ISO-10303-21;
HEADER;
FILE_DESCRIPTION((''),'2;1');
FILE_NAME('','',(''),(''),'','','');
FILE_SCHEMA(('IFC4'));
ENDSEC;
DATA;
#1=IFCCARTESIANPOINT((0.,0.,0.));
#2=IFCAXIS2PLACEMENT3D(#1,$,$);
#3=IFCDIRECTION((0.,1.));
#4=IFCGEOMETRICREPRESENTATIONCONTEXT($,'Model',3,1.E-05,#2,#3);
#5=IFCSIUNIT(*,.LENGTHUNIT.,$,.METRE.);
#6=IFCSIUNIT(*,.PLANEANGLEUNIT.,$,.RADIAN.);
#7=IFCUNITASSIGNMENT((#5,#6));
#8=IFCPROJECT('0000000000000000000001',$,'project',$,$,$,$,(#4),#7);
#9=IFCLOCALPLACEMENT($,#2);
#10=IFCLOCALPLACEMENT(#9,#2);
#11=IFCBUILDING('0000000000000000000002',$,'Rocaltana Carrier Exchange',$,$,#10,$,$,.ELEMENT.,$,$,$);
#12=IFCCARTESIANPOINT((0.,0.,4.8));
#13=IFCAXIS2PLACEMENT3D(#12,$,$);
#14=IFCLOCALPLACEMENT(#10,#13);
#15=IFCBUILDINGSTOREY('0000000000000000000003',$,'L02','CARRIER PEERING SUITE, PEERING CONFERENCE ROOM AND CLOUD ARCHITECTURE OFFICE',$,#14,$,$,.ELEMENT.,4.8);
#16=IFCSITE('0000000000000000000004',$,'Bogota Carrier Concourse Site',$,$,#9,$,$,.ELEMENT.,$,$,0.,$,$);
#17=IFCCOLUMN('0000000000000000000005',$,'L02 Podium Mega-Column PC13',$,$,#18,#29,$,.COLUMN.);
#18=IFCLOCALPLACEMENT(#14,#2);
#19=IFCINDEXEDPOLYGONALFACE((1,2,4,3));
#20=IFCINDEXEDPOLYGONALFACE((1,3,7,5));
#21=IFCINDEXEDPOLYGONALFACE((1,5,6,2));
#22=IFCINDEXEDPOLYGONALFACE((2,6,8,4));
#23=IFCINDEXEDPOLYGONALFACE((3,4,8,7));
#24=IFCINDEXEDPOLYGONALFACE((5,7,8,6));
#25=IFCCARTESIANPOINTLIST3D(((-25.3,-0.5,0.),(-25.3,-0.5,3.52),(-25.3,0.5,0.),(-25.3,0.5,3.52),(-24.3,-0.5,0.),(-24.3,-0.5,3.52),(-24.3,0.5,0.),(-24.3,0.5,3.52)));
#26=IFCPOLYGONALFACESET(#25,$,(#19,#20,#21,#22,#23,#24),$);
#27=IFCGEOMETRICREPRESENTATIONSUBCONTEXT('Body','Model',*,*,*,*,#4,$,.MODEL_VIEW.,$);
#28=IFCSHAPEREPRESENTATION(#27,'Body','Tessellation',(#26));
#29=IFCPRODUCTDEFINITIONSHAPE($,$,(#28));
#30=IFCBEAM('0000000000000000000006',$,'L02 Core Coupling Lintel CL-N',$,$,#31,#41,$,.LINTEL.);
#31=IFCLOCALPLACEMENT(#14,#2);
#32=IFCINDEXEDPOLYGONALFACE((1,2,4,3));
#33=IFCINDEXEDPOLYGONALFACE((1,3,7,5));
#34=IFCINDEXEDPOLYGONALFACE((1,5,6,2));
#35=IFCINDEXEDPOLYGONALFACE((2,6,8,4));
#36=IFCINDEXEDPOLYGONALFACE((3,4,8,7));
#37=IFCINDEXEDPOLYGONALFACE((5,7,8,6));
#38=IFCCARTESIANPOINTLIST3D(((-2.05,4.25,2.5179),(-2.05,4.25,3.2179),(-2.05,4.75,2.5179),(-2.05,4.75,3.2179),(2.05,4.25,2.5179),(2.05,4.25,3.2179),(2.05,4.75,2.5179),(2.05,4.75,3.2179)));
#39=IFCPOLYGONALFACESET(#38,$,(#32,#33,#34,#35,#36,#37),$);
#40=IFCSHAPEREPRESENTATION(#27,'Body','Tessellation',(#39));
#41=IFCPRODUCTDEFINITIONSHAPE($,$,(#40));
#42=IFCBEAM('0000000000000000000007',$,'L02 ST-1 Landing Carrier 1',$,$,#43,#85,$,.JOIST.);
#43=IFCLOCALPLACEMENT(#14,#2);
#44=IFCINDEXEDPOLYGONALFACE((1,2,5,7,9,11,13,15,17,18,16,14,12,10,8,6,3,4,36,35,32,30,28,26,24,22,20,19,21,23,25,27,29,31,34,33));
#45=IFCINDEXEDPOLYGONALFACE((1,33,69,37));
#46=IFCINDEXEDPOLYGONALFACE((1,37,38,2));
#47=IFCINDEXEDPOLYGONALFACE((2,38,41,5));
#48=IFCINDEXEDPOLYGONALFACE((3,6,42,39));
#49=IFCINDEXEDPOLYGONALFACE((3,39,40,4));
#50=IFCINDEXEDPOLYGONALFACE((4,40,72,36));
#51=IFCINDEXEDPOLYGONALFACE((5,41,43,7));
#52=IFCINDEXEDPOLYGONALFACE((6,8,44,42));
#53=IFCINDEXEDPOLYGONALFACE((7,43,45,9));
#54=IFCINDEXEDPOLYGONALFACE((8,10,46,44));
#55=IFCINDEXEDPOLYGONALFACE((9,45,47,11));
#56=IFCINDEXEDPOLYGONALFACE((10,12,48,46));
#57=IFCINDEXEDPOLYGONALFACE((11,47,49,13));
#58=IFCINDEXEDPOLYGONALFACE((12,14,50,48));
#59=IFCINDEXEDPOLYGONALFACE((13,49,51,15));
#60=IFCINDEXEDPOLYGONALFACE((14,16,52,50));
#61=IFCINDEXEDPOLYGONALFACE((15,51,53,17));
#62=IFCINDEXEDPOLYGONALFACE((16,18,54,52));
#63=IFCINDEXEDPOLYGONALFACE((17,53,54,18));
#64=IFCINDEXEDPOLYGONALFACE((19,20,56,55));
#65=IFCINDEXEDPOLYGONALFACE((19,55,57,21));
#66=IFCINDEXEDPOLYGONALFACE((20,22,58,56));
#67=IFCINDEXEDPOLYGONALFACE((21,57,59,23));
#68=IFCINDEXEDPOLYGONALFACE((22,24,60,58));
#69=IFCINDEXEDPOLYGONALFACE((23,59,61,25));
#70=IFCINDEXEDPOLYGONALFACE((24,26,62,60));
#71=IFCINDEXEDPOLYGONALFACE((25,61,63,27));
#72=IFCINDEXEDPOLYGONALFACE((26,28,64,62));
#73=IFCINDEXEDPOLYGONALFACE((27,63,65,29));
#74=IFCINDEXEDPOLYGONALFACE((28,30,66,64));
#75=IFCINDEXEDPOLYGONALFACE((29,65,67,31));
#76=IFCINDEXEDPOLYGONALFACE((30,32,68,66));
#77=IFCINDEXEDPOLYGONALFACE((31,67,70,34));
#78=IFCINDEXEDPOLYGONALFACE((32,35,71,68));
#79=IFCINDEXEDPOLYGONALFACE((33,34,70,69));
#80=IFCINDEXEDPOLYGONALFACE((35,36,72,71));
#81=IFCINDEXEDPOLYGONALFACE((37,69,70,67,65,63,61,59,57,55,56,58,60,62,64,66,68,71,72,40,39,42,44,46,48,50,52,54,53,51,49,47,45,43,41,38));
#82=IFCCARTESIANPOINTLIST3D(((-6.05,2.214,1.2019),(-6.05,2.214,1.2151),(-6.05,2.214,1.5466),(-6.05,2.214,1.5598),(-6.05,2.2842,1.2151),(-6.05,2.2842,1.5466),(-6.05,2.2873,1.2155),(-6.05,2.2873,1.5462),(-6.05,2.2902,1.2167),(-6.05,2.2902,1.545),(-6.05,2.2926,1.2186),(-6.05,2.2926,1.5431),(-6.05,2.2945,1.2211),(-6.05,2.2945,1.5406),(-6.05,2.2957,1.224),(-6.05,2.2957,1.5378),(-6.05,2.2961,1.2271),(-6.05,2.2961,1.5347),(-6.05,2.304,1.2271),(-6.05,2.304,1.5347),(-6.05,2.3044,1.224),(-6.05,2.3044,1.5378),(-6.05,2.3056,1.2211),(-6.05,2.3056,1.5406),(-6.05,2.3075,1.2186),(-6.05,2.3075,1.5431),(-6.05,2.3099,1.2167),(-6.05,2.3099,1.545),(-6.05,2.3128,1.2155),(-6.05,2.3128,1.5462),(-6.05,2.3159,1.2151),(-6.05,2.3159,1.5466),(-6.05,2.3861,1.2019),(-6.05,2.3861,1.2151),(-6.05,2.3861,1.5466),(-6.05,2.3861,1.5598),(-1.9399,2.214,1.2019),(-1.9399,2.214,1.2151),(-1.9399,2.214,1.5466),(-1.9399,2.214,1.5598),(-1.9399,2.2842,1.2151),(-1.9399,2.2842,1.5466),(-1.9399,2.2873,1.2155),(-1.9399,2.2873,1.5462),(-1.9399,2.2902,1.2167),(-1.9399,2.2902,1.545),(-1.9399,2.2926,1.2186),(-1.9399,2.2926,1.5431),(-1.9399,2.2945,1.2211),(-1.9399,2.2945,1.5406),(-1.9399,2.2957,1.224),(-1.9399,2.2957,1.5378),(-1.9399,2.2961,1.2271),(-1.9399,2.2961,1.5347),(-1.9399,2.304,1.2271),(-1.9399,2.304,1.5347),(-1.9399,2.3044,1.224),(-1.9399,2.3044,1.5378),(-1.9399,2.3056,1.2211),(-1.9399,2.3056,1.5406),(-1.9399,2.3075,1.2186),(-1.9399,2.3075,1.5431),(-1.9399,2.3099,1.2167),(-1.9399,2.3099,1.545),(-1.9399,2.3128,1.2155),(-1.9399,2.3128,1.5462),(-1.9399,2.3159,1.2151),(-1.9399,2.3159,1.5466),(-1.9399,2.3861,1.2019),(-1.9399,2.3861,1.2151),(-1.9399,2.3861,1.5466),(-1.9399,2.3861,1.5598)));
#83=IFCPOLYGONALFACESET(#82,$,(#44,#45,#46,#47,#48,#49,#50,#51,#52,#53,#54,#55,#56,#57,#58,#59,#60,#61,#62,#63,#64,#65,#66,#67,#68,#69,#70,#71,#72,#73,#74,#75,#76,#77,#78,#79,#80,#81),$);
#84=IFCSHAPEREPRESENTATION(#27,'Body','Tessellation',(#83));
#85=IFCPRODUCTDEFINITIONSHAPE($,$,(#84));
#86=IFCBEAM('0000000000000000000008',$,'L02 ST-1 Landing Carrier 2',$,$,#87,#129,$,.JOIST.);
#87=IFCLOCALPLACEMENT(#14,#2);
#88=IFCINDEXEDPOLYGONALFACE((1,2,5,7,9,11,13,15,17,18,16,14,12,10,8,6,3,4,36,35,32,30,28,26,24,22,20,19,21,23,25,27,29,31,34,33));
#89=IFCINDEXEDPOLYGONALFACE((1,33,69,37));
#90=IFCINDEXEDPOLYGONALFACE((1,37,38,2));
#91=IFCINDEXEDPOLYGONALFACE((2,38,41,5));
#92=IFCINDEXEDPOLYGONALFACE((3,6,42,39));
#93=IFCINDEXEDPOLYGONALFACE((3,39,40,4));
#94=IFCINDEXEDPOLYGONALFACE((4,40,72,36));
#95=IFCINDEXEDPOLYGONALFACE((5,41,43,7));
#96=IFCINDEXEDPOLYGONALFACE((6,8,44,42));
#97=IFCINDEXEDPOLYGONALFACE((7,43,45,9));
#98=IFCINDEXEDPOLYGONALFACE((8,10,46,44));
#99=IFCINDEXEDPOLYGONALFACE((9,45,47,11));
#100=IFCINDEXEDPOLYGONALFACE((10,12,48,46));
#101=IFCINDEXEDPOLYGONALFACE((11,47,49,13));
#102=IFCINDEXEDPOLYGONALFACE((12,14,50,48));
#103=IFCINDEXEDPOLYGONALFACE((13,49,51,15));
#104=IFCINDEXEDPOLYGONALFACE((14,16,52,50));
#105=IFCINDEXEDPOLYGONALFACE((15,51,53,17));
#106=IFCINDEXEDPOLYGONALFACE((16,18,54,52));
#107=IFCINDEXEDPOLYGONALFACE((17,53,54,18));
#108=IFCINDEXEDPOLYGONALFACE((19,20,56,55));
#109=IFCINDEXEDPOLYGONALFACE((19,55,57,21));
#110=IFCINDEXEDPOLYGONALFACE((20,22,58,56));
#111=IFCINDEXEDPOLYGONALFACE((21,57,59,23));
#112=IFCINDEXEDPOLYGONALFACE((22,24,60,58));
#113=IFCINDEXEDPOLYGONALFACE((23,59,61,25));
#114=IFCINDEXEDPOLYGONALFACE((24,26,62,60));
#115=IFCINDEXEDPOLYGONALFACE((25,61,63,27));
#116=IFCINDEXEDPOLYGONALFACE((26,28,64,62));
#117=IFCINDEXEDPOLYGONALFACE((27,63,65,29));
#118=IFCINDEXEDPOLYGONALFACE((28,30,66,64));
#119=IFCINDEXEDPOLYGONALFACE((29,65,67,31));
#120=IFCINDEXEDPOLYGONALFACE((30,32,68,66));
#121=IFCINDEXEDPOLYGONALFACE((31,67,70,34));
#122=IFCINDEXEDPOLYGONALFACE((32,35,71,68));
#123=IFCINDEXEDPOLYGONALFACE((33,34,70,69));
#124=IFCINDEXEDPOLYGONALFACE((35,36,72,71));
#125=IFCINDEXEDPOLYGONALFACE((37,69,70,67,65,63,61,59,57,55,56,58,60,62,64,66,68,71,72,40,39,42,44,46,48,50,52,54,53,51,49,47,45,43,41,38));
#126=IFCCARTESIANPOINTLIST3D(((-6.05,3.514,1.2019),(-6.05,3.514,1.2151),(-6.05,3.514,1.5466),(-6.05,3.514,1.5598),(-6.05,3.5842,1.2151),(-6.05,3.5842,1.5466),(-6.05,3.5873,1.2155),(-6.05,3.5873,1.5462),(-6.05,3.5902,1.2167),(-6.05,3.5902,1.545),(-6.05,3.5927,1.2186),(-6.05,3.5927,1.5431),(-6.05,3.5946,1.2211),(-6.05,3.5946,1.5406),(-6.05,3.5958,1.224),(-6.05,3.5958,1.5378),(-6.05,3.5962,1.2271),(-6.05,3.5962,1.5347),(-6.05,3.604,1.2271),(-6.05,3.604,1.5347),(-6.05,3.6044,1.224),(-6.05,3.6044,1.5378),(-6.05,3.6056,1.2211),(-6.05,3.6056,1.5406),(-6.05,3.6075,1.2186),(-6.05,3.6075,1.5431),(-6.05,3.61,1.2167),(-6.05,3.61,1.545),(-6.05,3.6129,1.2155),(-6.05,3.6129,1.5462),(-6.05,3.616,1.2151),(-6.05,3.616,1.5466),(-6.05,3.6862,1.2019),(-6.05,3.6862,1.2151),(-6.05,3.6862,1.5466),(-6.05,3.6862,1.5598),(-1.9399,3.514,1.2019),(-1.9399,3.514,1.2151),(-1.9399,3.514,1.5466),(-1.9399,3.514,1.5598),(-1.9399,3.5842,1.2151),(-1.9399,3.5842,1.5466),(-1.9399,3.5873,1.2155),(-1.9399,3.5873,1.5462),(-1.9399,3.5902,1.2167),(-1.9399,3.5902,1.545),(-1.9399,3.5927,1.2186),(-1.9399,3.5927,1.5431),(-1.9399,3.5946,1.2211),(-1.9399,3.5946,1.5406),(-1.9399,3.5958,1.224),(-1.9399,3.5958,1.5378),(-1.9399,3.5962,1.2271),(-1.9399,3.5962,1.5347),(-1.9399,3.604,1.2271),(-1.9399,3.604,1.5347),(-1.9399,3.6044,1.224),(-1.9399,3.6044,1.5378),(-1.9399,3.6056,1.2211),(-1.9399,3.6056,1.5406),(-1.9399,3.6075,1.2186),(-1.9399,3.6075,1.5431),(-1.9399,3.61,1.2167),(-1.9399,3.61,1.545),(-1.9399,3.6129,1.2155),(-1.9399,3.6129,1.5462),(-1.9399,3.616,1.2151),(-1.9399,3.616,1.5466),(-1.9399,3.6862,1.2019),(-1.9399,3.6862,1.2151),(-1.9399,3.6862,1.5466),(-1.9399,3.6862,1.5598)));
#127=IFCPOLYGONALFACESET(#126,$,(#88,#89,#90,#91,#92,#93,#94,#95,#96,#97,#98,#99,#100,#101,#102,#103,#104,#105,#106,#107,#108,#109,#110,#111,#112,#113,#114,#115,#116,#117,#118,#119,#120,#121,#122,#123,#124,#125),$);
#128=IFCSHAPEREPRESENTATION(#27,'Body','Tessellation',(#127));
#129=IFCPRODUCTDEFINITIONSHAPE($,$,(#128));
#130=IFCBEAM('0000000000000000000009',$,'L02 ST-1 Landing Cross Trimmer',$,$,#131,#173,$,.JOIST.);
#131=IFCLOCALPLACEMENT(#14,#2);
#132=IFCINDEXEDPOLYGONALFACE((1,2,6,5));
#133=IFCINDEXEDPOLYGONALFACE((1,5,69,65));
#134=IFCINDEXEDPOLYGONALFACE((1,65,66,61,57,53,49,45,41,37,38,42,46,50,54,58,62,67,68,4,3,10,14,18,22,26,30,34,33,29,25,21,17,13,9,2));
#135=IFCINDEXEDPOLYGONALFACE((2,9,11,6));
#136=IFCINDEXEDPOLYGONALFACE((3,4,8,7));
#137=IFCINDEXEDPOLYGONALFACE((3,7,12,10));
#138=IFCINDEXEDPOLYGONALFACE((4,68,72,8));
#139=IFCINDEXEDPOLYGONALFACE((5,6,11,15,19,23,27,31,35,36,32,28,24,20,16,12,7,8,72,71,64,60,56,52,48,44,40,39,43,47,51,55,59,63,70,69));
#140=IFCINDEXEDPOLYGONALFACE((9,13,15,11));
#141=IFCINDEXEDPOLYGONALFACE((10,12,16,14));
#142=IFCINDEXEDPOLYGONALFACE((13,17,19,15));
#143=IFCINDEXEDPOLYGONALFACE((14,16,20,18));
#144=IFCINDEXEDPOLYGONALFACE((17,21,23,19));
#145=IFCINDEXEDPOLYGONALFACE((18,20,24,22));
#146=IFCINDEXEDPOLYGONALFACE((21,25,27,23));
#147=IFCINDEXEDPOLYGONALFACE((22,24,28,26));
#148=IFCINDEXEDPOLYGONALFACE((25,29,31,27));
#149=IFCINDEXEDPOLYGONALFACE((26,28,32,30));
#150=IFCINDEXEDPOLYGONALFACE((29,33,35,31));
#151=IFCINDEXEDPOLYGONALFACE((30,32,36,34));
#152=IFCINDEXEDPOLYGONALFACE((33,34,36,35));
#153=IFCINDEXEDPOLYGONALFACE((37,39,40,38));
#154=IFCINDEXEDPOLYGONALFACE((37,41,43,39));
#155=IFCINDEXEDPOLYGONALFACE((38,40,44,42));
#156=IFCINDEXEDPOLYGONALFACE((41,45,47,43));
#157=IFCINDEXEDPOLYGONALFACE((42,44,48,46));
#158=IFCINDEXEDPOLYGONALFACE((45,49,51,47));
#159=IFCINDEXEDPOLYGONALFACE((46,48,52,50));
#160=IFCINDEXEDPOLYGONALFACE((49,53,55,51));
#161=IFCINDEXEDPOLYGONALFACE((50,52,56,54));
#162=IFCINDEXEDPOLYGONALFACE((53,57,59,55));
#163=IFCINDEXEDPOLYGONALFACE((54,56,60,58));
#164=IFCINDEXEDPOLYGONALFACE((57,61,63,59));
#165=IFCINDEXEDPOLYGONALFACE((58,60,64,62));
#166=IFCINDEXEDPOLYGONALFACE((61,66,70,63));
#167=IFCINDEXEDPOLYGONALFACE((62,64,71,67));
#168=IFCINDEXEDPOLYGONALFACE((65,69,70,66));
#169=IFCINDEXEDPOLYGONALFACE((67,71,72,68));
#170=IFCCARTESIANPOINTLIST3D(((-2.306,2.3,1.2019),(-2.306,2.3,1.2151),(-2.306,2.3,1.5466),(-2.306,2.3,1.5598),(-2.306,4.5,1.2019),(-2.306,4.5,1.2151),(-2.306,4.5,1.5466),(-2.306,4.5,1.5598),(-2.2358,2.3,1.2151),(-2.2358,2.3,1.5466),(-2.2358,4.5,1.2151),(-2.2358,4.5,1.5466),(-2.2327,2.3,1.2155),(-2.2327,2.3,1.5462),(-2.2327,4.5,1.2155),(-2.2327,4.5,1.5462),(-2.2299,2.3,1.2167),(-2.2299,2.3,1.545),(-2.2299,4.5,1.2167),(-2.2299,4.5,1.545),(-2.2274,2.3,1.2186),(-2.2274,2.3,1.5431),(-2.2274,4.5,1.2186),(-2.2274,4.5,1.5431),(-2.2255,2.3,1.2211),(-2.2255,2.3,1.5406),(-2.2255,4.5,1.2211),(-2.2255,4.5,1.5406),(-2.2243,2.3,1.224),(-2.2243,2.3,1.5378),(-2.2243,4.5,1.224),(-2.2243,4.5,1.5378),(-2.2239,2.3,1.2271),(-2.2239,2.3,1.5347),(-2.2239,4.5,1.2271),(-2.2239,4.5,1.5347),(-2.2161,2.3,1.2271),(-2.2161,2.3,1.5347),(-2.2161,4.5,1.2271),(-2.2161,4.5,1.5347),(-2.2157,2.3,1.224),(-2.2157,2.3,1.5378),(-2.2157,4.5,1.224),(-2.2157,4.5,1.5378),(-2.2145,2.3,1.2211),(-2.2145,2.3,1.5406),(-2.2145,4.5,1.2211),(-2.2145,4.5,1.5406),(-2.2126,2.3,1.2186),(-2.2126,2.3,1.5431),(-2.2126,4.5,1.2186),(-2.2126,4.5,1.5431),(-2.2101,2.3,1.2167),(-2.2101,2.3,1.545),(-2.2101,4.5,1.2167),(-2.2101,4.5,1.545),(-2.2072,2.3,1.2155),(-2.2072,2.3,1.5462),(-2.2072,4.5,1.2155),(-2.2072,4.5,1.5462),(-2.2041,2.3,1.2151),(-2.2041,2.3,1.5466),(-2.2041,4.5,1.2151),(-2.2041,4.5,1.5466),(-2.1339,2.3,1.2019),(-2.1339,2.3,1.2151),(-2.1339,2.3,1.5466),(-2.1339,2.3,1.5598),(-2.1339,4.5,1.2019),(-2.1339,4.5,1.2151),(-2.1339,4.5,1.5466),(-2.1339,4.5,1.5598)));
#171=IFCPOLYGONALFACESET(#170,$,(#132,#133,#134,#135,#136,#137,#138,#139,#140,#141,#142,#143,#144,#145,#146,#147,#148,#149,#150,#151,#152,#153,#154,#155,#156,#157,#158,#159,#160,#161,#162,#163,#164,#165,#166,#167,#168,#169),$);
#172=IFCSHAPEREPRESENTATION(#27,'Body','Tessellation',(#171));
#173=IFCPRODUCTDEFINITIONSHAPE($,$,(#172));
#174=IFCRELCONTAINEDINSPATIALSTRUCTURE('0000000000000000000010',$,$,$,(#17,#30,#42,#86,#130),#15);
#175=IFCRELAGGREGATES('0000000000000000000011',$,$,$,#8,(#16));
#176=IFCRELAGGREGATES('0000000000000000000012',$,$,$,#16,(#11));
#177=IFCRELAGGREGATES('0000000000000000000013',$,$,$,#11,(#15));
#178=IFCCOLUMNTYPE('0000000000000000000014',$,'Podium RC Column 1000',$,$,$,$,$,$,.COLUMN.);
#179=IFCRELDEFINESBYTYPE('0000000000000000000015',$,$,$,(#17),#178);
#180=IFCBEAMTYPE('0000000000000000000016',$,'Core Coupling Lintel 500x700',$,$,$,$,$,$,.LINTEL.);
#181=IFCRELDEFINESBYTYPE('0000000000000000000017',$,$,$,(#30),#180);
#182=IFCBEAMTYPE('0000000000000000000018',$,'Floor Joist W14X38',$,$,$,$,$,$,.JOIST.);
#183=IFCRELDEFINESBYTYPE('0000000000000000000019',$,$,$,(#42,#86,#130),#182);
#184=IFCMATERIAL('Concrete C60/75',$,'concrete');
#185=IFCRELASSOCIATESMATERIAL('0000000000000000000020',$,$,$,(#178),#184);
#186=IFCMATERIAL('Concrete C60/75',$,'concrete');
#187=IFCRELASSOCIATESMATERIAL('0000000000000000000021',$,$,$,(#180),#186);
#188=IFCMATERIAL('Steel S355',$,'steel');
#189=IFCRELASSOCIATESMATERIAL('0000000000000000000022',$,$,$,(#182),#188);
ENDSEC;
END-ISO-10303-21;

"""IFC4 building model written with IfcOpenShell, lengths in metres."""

from ifc_helpers import new_model, si_unit, direction, frame, origin, origin_2d, place, context, subcontext, project, spatial, rectangle, i_section, extrude, material, material_profile, profile_set, type_object, element, save


model = new_model("IFC4")

# Units and contexts
model_context = context("Model", 3, precision=1e-05, world=origin(), true_north=direction((0.0, 1.0)))
body_context = subcontext(model_context, "Body", "Model", "MODEL_VIEW")
ifc_project = project(units=[si_unit("LENGTHUNIT", "METRE"), si_unit("PLANEANGLEUNIT", "RADIAN")], contexts=[model_context])

# Site, building, storey
site_placement = place(None, origin())
site = spatial("IfcSite", under=ifc_project, at=site_placement, Name="Bogota Carrier Concourse Site", CompositionType="ELEMENT", RefElevation=0.0)
building_placement = place(site_placement, origin())
building = spatial("IfcBuilding", under=site, at=building_placement, Name="Rocaltana Carrier Exchange", CompositionType="ELEMENT")
storey_placement = place(building_placement, frame((0.0, 0.0, 4.8)))
storey = spatial("IfcBuildingStorey", under=building, at=storey_placement, Name="L02", Description="CARRIER PEERING SUITE, PEERING CONFERENCE ROOM AND CLOUD ARCHITECTURE OFFICE", CompositionType="ELEMENT", Elevation=4.8)

# Column
ifc_material_1 = material(Name="Concrete C60/75", Category="concrete")
ifc_material_profile_1 = material_profile(ifc_material_1, rectangle(XDim=1.0, YDim=1.0, at=origin_2d()), Name="RC-COL-1000X1000")
ifc_profile_set_1 = profile_set([ifc_material_profile_1], Name="Concrete C60/75")
column_type_1 = type_object("IfcColumnType", Name="Podium RC Column 1000", PredefinedType="COLUMN", material=ifc_profile_set_1)
column_placement = place(storey_placement, frame((-24.8, 0.0, 0.0), z_axis=(0.0, 0.0, 1.0), x_axis=(1.0, 0.0, 0.0)))
element("IfcColumn", 1, at=column_placement, inside=storey, type_object=column_type_1, Name="L02 Podium Mega-Column PC13", PredefinedType="COLUMN", context=body_context, shape_type="SweptSolid", body=[
    extrude(rectangle(XDim=1.0, YDim=1.0, at=origin_2d()), origin(), (0.0, 0.0, 1.0), 3.52),
])

# Beams
ifc_material_2 = material(Name="Concrete C60/75", Category="concrete")
ifc_material_profile_2 = material_profile(ifc_material_2, rectangle(XDim=0.5, YDim=0.7, at=origin_2d()), Name="RC-BM-500X700")
ifc_profile_set_2 = profile_set([ifc_material_profile_2], Name="Concrete C60/75")
beam_type_1 = type_object("IfcBeamType", Name="Core Coupling Lintel 500x700", PredefinedType="LINTEL", material=ifc_profile_set_2)
beam_1_placement = place(storey_placement, frame((-2.05, 4.5, 2.8679), z_axis=(1.0, 0.0, 0.0), x_axis=(0.0, 1.0, 0.0)))
element("IfcBeam", 2, at=beam_1_placement, inside=storey, type_object=beam_type_1, Name="L02 Core Coupling Lintel CL-N", PredefinedType="LINTEL", context=body_context, shape_type="SweptSolid", body=[
    extrude(rectangle(XDim=0.5, YDim=0.7, at=origin_2d()), origin(), (0.0, 0.0, 1.0), 4.1001),
])
ifc_material_3 = material(Name="Steel S355", Category="steel")
ifc_material_profile_3 = material_profile(ifc_material_3, i_section(OverallWidth=0.1721, OverallDepth=0.3579, WebThickness=0.0078, FlangeThickness=0.0132, FilletRadius=0.012, at=origin_2d()), Name="W14X38")
ifc_profile_set_3 = profile_set([ifc_material_profile_3], Name="Steel S355")
beam_type_2 = type_object("IfcBeamType", Name="Floor Joist W14X38", PredefinedType="JOIST", material=ifc_profile_set_3)
for number, where, z_axis, x_axis, name in (
    (3, (-6.05, 2.3, 1.3809), (1.0, 0.0, 0.0), (0.0, 1.0, 0.0), "L02 ST-1 Landing Carrier 1"),
    (4, (-6.05, 3.6001, 1.3809), (1.0, 0.0, 0.0), (0.0, 1.0, 0.0), "L02 ST-1 Landing Carrier 2"),
):
    element("IfcBeam", number, at=place(storey_placement, frame(where, z_axis=z_axis, x_axis=x_axis)), inside=storey, type_object=beam_type_2, Name=name, PredefinedType="JOIST", context=body_context, shape_type="SweptSolid", body=[
        extrude(i_section(OverallWidth=0.1721, OverallDepth=0.3579, WebThickness=0.0078, FlangeThickness=0.0132, FilletRadius=0.012, at=origin_2d()), origin(), (0.0, 0.0, 1.0), 4.1101),
    ])
beam_2_placement = place(storey_placement, frame((-2.22, 2.3, 1.3809), z_axis=(0.0, 1.0, 0.0), x_axis=(-1.0, 0.0, 0.0)))
element("IfcBeam", 5, at=beam_2_placement, inside=storey, type_object=beam_type_2, Name="L02 ST-1 Landing Cross Trimmer", PredefinedType="JOIST", context=body_context, shape_type="SweptSolid", body=[
    extrude(i_section(OverallWidth=0.1721, OverallDepth=0.3579, WebThickness=0.0078, FlangeThickness=0.0132, FilletRadius=0.012, at=origin_2d()), origin(), (0.0, 0.0, 1.0), 2.2),
])

save(model, "model.ifc")
